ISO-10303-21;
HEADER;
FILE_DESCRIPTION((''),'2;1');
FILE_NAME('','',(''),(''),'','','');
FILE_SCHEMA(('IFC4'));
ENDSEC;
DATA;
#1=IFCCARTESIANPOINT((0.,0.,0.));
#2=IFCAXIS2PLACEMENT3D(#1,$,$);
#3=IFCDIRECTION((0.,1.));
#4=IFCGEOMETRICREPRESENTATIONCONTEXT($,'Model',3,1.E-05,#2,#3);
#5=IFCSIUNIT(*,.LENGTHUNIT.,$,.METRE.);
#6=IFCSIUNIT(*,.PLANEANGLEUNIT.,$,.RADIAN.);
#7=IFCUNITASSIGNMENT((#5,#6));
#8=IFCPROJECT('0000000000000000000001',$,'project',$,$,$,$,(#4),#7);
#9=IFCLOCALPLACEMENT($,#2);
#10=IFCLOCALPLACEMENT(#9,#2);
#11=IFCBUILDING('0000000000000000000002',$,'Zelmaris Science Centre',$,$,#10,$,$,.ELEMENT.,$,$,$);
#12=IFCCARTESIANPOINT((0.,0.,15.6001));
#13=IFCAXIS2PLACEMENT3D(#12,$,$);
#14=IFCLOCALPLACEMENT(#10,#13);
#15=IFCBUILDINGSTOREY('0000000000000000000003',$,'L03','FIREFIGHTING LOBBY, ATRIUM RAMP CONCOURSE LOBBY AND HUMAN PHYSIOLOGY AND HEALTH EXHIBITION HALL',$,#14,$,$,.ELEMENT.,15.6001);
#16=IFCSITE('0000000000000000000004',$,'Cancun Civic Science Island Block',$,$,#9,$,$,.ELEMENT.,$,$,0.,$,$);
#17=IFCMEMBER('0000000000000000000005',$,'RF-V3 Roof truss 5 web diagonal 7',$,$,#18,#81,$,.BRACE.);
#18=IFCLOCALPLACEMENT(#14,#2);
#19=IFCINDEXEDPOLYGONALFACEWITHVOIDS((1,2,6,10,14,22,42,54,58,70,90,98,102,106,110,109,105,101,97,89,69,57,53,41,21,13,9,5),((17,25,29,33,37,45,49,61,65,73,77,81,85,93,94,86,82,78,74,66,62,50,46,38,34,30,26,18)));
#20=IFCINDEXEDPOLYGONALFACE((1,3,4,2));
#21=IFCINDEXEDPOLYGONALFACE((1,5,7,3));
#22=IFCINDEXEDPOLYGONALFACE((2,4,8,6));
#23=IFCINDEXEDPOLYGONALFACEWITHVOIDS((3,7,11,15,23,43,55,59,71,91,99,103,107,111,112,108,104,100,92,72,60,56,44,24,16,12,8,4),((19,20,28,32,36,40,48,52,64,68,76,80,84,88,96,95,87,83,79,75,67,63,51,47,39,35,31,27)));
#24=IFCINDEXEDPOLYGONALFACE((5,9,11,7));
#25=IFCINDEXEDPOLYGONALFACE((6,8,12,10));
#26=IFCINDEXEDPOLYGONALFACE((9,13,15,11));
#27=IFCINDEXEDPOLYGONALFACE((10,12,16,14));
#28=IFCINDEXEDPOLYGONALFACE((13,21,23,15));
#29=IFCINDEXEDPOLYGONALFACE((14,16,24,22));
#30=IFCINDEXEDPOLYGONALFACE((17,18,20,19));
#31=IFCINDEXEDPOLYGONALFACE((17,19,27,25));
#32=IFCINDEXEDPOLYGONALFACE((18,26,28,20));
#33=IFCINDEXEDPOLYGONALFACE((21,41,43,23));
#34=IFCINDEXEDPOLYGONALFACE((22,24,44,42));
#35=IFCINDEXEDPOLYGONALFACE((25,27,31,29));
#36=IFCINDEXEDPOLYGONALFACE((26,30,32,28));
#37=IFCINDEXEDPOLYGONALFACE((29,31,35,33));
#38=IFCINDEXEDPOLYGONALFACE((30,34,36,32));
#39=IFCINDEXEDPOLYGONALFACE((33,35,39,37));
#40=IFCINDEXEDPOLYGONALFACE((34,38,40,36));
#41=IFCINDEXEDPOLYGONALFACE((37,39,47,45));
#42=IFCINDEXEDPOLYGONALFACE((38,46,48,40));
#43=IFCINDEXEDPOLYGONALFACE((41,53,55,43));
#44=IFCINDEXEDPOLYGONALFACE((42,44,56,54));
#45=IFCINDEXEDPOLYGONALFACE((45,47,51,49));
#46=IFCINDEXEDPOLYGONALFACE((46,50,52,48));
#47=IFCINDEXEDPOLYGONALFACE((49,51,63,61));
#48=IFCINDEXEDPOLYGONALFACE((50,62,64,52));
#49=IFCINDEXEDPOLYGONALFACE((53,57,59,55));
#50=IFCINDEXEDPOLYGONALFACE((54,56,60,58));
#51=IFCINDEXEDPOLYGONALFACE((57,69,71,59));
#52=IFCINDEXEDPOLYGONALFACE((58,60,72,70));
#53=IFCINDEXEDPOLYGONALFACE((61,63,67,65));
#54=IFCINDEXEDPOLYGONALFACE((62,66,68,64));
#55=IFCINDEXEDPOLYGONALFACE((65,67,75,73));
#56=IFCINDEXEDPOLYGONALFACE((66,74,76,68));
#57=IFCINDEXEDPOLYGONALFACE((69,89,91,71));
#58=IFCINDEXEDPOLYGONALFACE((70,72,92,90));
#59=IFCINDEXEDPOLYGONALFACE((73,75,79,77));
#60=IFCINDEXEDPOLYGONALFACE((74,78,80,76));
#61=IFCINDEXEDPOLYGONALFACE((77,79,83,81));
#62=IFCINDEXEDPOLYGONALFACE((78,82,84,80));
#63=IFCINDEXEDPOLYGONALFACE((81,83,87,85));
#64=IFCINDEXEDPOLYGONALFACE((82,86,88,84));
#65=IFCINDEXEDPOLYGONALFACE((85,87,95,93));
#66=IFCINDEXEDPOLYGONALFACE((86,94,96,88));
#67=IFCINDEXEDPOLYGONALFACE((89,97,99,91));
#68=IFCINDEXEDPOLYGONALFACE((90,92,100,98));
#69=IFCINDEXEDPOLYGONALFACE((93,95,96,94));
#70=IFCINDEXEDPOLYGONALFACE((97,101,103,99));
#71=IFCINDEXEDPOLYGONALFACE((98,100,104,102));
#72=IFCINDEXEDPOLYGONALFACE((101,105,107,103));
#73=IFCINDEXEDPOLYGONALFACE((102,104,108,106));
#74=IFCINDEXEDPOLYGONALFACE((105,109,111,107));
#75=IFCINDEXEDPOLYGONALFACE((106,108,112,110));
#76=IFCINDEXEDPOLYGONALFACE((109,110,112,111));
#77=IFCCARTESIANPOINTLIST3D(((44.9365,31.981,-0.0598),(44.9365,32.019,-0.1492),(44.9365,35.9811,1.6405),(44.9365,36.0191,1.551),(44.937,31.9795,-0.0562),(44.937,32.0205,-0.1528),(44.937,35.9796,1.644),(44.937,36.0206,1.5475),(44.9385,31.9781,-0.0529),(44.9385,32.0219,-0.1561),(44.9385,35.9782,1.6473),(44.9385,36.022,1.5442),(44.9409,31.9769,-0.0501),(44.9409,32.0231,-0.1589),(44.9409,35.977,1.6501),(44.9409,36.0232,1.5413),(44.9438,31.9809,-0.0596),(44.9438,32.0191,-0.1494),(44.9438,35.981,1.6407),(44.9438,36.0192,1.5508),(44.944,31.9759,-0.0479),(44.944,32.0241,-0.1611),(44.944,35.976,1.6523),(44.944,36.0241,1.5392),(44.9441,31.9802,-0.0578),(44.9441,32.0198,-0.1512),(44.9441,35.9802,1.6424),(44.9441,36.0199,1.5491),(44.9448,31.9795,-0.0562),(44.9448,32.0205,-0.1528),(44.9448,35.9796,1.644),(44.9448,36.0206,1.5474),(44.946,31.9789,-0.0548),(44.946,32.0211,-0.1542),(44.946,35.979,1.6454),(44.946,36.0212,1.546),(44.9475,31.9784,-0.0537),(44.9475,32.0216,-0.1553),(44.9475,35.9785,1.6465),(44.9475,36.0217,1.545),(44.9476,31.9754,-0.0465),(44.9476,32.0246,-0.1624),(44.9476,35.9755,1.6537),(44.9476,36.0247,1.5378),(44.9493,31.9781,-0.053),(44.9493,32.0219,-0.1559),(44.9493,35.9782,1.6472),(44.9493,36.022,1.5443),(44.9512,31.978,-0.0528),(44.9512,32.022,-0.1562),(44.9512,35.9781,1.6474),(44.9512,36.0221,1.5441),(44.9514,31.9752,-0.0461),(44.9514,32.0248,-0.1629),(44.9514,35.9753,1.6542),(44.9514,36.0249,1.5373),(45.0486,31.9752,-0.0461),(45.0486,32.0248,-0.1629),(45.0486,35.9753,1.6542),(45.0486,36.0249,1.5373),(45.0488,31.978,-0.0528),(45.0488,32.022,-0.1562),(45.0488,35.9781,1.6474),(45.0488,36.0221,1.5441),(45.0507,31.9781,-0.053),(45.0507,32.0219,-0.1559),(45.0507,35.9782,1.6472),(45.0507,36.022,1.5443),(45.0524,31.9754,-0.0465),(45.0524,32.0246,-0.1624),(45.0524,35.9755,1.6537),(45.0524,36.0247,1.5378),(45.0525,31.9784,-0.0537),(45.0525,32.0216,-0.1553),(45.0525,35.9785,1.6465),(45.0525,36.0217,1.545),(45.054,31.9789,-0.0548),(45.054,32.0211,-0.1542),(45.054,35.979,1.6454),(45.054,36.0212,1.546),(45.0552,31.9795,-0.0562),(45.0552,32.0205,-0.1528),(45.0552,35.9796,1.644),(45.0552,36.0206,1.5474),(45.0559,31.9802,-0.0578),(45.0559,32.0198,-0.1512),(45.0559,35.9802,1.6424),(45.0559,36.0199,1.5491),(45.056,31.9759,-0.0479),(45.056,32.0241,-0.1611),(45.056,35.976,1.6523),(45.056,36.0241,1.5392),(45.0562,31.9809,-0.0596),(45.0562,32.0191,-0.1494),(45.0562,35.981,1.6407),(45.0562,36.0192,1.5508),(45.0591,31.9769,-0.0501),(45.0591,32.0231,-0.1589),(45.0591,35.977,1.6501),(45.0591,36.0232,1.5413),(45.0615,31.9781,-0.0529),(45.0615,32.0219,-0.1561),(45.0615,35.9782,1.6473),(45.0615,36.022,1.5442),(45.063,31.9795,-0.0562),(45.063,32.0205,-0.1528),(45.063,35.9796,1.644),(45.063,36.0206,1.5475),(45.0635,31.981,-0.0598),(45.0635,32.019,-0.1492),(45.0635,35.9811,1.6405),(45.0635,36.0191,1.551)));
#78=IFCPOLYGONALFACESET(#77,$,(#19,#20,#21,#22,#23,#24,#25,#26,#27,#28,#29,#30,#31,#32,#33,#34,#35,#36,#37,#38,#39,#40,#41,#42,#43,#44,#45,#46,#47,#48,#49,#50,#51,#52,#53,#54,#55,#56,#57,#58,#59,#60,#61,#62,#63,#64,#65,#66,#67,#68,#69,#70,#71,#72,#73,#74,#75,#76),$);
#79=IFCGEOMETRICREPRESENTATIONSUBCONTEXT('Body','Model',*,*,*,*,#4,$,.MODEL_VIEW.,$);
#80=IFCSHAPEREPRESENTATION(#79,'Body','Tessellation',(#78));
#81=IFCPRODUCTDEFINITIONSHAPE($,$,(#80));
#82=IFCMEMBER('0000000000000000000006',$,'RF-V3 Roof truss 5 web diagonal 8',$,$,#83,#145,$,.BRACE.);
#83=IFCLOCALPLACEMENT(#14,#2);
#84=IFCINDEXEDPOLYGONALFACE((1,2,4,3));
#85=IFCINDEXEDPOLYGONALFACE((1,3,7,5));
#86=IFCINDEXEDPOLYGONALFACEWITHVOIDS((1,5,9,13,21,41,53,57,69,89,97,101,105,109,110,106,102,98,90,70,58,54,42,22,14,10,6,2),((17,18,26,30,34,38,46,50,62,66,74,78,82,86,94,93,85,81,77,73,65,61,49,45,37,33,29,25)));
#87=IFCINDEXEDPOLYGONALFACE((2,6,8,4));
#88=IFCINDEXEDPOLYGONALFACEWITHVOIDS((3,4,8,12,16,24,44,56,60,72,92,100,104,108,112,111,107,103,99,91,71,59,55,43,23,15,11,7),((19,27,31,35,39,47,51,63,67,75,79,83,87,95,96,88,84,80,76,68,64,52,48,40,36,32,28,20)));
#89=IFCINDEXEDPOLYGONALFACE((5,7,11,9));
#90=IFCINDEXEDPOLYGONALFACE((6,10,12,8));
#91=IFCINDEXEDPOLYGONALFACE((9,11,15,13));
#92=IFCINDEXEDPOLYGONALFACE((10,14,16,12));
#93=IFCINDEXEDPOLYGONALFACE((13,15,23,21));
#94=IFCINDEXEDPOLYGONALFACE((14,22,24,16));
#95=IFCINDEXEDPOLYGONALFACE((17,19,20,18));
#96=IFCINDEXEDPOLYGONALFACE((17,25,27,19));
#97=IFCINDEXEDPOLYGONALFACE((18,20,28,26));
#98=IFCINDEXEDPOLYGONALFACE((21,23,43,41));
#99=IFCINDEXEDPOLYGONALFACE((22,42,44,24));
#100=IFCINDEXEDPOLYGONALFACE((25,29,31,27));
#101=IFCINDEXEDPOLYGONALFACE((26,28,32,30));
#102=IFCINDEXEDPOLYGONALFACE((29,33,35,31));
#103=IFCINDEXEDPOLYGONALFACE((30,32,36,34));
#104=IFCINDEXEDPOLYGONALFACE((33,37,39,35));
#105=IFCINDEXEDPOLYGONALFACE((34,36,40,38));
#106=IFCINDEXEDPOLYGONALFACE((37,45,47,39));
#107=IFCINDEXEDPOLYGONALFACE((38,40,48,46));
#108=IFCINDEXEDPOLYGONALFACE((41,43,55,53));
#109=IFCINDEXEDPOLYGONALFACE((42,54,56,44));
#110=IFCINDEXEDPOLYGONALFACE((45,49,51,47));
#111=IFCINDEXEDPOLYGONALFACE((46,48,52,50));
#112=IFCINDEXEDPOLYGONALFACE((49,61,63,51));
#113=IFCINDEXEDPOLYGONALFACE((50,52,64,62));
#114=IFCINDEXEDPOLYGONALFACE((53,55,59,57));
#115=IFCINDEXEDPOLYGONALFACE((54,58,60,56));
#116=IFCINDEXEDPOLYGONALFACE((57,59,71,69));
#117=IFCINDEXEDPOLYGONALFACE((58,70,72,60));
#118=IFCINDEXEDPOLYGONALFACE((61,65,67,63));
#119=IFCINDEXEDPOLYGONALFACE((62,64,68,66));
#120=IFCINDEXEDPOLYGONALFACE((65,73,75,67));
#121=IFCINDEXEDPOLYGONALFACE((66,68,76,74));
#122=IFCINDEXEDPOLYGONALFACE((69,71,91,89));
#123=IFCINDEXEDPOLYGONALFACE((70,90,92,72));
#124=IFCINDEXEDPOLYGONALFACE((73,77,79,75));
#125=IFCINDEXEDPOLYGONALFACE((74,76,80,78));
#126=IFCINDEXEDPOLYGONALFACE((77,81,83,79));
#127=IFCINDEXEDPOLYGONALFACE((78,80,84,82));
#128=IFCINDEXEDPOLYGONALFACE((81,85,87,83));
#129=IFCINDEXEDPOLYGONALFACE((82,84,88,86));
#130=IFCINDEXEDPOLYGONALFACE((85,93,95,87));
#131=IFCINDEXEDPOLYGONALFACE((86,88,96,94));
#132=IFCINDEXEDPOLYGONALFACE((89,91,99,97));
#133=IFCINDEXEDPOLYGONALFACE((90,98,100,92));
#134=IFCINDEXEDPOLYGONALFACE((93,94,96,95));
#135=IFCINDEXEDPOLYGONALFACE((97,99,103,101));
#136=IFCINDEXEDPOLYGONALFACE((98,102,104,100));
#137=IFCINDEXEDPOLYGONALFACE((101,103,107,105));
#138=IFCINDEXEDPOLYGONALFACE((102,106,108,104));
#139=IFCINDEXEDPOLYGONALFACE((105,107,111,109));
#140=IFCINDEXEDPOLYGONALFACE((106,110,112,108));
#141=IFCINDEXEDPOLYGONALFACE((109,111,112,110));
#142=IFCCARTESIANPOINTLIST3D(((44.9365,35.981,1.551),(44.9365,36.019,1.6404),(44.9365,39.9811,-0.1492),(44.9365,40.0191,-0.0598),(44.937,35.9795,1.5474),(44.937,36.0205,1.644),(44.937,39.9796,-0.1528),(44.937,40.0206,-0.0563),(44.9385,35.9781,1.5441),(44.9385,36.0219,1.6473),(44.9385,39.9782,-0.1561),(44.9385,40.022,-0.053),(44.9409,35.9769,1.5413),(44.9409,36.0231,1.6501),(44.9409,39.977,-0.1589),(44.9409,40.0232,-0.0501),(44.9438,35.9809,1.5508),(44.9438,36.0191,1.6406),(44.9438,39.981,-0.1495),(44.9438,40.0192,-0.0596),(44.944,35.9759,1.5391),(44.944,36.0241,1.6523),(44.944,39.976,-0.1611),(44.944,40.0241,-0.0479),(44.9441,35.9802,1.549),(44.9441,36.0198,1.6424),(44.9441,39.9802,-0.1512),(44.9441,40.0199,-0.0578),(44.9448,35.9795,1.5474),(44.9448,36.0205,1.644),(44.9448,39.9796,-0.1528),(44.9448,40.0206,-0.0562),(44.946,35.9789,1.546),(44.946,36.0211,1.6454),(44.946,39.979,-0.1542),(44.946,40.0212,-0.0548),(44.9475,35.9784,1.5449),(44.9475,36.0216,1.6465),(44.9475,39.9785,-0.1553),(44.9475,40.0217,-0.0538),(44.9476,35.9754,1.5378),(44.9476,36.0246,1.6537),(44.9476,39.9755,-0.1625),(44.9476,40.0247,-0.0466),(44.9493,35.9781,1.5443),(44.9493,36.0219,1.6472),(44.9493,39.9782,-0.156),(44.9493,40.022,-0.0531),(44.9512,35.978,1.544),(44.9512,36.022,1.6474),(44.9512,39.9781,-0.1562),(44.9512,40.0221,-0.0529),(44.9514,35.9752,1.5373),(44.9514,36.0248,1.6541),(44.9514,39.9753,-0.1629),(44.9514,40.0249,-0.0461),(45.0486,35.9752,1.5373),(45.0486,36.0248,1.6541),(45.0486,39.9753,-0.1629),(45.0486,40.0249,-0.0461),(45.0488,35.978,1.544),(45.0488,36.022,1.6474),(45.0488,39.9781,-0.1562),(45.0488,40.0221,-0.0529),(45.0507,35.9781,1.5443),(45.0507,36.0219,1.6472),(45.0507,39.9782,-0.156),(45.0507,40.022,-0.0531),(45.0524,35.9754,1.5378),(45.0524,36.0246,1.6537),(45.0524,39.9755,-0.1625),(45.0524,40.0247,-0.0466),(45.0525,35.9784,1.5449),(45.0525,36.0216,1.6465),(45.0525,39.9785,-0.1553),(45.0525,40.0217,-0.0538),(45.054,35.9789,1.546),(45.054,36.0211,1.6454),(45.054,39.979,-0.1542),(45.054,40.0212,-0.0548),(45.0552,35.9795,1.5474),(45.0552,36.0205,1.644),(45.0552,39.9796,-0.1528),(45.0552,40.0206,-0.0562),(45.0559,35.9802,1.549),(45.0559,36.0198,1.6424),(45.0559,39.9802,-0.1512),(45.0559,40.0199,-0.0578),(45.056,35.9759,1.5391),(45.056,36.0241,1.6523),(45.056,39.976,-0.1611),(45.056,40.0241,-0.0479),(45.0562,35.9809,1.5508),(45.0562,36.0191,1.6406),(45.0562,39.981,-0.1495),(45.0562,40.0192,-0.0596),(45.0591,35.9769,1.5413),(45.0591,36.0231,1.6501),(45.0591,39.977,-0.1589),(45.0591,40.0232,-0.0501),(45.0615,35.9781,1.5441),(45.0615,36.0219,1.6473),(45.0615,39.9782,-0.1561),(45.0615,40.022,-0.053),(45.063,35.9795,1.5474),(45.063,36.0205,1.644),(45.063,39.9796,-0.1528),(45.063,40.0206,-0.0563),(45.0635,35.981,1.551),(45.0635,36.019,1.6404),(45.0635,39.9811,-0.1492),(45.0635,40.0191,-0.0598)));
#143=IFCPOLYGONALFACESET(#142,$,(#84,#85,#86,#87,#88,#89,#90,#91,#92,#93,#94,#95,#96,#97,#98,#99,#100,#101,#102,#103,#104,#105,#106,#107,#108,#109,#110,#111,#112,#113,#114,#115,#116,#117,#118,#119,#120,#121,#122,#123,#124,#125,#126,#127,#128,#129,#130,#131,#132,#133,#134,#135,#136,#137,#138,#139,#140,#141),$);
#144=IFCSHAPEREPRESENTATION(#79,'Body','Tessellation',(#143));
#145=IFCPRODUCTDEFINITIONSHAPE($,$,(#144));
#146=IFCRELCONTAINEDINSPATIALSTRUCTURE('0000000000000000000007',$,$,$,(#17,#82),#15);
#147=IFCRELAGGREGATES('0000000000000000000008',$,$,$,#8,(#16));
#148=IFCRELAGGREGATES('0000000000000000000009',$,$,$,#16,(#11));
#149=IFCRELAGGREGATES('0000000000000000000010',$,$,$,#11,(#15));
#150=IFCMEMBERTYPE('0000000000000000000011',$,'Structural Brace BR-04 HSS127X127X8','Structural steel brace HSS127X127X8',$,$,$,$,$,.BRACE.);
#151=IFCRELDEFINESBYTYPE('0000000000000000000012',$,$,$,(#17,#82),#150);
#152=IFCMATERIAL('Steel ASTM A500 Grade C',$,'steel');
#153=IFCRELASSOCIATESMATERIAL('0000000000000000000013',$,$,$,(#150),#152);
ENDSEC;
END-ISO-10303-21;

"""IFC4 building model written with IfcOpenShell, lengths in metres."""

from ifc_helpers import new_model, si_unit, direction, frame, origin, origin_2d, place, context, subcontext, project, spatial, hollow_rectangle, extrude, material, material_profile, profile_set, type_object, element, save


model = new_model("IFC4")

# Units and contexts
model_context = context("Model", 3, precision=1e-05, world=origin(), true_north=direction((0.0, 1.0)))
body_context = subcontext(model_context, "Body", "Model", "MODEL_VIEW")
ifc_project = project(units=[si_unit("LENGTHUNIT", "METRE"), si_unit("PLANEANGLEUNIT", "RADIAN")], contexts=[model_context])

# Site, building, storey
site_placement = place(None, origin())
site = spatial("IfcSite", under=ifc_project, at=site_placement, Name="Cancun Civic Science Island Block", CompositionType="ELEMENT", RefElevation=0.0)
building_placement = place(site_placement, origin())
building = spatial("IfcBuilding", under=site, at=building_placement, Name="Zelmaris Science Centre", CompositionType="ELEMENT")
storey_placement = place(building_placement, frame((0.0, 0.0, 15.6001)))
storey = spatial("IfcBuildingStorey", under=building, at=storey_placement, Name="L03", Description="FIREFIGHTING LOBBY, ATRIUM RAMP CONCOURSE LOBBY AND HUMAN PHYSIOLOGY AND HEALTH EXHIBITION HALL", CompositionType="ELEMENT", Elevation=15.6001)

# Shared definitions
ifc_material_1 = material(Name="Steel ASTM A500 Grade C", Category="steel")

# Members
ifc_material_profile_1 = material_profile(ifc_material_1, hollow_rectangle(XDim=0.127, YDim=0.127, WallThickness=0.0073, InnerFilletRadius=0.0073, OuterFilletRadius=0.0149, at=origin_2d()), Name="HSS127X127X8")
ifc_profile_set_1 = profile_set([ifc_material_profile_1], Name="Steel ASTM A500 Grade C")
member_type_1 = type_object("IfcMemberType", Name="Structural Brace BR-04 HSS127X127X8", Description="Structural steel brace HSS127X127X8", PredefinedType="BRACE", material=ifc_profile_set_1)
for number, where, z_axis, x_axis, name in (
    (1, (45.0, 32.0, -0.1045), (0.0, 0.920315, 0.391179), (-1.0, 0.0, 0.0), "RF-V3 Roof truss 5 web diagonal 7"),
    (2, (45.0, 36.0, 1.5957), (0.0, 0.920315, -0.391179), (-1.0, 0.0, 0.0), "RF-V3 Roof truss 5 web diagonal 8"),
):
    element("IfcMember", number, at=place(storey_placement, frame(where, z_axis=z_axis, x_axis=x_axis)), inside=storey, type_object=member_type_1, Name=name, PredefinedType="BRACE", context=body_context, shape_type="SweptSolid", body=[
        extrude(hollow_rectangle(XDim=0.127, YDim=0.127, WallThickness=0.0073, InnerFilletRadius=0.0073, OuterFilletRadius=0.0149, at=origin_2d()), origin(), (0.0, 0.0, 1.0), 4.3464),
    ])

save(model, "model.ifc")
